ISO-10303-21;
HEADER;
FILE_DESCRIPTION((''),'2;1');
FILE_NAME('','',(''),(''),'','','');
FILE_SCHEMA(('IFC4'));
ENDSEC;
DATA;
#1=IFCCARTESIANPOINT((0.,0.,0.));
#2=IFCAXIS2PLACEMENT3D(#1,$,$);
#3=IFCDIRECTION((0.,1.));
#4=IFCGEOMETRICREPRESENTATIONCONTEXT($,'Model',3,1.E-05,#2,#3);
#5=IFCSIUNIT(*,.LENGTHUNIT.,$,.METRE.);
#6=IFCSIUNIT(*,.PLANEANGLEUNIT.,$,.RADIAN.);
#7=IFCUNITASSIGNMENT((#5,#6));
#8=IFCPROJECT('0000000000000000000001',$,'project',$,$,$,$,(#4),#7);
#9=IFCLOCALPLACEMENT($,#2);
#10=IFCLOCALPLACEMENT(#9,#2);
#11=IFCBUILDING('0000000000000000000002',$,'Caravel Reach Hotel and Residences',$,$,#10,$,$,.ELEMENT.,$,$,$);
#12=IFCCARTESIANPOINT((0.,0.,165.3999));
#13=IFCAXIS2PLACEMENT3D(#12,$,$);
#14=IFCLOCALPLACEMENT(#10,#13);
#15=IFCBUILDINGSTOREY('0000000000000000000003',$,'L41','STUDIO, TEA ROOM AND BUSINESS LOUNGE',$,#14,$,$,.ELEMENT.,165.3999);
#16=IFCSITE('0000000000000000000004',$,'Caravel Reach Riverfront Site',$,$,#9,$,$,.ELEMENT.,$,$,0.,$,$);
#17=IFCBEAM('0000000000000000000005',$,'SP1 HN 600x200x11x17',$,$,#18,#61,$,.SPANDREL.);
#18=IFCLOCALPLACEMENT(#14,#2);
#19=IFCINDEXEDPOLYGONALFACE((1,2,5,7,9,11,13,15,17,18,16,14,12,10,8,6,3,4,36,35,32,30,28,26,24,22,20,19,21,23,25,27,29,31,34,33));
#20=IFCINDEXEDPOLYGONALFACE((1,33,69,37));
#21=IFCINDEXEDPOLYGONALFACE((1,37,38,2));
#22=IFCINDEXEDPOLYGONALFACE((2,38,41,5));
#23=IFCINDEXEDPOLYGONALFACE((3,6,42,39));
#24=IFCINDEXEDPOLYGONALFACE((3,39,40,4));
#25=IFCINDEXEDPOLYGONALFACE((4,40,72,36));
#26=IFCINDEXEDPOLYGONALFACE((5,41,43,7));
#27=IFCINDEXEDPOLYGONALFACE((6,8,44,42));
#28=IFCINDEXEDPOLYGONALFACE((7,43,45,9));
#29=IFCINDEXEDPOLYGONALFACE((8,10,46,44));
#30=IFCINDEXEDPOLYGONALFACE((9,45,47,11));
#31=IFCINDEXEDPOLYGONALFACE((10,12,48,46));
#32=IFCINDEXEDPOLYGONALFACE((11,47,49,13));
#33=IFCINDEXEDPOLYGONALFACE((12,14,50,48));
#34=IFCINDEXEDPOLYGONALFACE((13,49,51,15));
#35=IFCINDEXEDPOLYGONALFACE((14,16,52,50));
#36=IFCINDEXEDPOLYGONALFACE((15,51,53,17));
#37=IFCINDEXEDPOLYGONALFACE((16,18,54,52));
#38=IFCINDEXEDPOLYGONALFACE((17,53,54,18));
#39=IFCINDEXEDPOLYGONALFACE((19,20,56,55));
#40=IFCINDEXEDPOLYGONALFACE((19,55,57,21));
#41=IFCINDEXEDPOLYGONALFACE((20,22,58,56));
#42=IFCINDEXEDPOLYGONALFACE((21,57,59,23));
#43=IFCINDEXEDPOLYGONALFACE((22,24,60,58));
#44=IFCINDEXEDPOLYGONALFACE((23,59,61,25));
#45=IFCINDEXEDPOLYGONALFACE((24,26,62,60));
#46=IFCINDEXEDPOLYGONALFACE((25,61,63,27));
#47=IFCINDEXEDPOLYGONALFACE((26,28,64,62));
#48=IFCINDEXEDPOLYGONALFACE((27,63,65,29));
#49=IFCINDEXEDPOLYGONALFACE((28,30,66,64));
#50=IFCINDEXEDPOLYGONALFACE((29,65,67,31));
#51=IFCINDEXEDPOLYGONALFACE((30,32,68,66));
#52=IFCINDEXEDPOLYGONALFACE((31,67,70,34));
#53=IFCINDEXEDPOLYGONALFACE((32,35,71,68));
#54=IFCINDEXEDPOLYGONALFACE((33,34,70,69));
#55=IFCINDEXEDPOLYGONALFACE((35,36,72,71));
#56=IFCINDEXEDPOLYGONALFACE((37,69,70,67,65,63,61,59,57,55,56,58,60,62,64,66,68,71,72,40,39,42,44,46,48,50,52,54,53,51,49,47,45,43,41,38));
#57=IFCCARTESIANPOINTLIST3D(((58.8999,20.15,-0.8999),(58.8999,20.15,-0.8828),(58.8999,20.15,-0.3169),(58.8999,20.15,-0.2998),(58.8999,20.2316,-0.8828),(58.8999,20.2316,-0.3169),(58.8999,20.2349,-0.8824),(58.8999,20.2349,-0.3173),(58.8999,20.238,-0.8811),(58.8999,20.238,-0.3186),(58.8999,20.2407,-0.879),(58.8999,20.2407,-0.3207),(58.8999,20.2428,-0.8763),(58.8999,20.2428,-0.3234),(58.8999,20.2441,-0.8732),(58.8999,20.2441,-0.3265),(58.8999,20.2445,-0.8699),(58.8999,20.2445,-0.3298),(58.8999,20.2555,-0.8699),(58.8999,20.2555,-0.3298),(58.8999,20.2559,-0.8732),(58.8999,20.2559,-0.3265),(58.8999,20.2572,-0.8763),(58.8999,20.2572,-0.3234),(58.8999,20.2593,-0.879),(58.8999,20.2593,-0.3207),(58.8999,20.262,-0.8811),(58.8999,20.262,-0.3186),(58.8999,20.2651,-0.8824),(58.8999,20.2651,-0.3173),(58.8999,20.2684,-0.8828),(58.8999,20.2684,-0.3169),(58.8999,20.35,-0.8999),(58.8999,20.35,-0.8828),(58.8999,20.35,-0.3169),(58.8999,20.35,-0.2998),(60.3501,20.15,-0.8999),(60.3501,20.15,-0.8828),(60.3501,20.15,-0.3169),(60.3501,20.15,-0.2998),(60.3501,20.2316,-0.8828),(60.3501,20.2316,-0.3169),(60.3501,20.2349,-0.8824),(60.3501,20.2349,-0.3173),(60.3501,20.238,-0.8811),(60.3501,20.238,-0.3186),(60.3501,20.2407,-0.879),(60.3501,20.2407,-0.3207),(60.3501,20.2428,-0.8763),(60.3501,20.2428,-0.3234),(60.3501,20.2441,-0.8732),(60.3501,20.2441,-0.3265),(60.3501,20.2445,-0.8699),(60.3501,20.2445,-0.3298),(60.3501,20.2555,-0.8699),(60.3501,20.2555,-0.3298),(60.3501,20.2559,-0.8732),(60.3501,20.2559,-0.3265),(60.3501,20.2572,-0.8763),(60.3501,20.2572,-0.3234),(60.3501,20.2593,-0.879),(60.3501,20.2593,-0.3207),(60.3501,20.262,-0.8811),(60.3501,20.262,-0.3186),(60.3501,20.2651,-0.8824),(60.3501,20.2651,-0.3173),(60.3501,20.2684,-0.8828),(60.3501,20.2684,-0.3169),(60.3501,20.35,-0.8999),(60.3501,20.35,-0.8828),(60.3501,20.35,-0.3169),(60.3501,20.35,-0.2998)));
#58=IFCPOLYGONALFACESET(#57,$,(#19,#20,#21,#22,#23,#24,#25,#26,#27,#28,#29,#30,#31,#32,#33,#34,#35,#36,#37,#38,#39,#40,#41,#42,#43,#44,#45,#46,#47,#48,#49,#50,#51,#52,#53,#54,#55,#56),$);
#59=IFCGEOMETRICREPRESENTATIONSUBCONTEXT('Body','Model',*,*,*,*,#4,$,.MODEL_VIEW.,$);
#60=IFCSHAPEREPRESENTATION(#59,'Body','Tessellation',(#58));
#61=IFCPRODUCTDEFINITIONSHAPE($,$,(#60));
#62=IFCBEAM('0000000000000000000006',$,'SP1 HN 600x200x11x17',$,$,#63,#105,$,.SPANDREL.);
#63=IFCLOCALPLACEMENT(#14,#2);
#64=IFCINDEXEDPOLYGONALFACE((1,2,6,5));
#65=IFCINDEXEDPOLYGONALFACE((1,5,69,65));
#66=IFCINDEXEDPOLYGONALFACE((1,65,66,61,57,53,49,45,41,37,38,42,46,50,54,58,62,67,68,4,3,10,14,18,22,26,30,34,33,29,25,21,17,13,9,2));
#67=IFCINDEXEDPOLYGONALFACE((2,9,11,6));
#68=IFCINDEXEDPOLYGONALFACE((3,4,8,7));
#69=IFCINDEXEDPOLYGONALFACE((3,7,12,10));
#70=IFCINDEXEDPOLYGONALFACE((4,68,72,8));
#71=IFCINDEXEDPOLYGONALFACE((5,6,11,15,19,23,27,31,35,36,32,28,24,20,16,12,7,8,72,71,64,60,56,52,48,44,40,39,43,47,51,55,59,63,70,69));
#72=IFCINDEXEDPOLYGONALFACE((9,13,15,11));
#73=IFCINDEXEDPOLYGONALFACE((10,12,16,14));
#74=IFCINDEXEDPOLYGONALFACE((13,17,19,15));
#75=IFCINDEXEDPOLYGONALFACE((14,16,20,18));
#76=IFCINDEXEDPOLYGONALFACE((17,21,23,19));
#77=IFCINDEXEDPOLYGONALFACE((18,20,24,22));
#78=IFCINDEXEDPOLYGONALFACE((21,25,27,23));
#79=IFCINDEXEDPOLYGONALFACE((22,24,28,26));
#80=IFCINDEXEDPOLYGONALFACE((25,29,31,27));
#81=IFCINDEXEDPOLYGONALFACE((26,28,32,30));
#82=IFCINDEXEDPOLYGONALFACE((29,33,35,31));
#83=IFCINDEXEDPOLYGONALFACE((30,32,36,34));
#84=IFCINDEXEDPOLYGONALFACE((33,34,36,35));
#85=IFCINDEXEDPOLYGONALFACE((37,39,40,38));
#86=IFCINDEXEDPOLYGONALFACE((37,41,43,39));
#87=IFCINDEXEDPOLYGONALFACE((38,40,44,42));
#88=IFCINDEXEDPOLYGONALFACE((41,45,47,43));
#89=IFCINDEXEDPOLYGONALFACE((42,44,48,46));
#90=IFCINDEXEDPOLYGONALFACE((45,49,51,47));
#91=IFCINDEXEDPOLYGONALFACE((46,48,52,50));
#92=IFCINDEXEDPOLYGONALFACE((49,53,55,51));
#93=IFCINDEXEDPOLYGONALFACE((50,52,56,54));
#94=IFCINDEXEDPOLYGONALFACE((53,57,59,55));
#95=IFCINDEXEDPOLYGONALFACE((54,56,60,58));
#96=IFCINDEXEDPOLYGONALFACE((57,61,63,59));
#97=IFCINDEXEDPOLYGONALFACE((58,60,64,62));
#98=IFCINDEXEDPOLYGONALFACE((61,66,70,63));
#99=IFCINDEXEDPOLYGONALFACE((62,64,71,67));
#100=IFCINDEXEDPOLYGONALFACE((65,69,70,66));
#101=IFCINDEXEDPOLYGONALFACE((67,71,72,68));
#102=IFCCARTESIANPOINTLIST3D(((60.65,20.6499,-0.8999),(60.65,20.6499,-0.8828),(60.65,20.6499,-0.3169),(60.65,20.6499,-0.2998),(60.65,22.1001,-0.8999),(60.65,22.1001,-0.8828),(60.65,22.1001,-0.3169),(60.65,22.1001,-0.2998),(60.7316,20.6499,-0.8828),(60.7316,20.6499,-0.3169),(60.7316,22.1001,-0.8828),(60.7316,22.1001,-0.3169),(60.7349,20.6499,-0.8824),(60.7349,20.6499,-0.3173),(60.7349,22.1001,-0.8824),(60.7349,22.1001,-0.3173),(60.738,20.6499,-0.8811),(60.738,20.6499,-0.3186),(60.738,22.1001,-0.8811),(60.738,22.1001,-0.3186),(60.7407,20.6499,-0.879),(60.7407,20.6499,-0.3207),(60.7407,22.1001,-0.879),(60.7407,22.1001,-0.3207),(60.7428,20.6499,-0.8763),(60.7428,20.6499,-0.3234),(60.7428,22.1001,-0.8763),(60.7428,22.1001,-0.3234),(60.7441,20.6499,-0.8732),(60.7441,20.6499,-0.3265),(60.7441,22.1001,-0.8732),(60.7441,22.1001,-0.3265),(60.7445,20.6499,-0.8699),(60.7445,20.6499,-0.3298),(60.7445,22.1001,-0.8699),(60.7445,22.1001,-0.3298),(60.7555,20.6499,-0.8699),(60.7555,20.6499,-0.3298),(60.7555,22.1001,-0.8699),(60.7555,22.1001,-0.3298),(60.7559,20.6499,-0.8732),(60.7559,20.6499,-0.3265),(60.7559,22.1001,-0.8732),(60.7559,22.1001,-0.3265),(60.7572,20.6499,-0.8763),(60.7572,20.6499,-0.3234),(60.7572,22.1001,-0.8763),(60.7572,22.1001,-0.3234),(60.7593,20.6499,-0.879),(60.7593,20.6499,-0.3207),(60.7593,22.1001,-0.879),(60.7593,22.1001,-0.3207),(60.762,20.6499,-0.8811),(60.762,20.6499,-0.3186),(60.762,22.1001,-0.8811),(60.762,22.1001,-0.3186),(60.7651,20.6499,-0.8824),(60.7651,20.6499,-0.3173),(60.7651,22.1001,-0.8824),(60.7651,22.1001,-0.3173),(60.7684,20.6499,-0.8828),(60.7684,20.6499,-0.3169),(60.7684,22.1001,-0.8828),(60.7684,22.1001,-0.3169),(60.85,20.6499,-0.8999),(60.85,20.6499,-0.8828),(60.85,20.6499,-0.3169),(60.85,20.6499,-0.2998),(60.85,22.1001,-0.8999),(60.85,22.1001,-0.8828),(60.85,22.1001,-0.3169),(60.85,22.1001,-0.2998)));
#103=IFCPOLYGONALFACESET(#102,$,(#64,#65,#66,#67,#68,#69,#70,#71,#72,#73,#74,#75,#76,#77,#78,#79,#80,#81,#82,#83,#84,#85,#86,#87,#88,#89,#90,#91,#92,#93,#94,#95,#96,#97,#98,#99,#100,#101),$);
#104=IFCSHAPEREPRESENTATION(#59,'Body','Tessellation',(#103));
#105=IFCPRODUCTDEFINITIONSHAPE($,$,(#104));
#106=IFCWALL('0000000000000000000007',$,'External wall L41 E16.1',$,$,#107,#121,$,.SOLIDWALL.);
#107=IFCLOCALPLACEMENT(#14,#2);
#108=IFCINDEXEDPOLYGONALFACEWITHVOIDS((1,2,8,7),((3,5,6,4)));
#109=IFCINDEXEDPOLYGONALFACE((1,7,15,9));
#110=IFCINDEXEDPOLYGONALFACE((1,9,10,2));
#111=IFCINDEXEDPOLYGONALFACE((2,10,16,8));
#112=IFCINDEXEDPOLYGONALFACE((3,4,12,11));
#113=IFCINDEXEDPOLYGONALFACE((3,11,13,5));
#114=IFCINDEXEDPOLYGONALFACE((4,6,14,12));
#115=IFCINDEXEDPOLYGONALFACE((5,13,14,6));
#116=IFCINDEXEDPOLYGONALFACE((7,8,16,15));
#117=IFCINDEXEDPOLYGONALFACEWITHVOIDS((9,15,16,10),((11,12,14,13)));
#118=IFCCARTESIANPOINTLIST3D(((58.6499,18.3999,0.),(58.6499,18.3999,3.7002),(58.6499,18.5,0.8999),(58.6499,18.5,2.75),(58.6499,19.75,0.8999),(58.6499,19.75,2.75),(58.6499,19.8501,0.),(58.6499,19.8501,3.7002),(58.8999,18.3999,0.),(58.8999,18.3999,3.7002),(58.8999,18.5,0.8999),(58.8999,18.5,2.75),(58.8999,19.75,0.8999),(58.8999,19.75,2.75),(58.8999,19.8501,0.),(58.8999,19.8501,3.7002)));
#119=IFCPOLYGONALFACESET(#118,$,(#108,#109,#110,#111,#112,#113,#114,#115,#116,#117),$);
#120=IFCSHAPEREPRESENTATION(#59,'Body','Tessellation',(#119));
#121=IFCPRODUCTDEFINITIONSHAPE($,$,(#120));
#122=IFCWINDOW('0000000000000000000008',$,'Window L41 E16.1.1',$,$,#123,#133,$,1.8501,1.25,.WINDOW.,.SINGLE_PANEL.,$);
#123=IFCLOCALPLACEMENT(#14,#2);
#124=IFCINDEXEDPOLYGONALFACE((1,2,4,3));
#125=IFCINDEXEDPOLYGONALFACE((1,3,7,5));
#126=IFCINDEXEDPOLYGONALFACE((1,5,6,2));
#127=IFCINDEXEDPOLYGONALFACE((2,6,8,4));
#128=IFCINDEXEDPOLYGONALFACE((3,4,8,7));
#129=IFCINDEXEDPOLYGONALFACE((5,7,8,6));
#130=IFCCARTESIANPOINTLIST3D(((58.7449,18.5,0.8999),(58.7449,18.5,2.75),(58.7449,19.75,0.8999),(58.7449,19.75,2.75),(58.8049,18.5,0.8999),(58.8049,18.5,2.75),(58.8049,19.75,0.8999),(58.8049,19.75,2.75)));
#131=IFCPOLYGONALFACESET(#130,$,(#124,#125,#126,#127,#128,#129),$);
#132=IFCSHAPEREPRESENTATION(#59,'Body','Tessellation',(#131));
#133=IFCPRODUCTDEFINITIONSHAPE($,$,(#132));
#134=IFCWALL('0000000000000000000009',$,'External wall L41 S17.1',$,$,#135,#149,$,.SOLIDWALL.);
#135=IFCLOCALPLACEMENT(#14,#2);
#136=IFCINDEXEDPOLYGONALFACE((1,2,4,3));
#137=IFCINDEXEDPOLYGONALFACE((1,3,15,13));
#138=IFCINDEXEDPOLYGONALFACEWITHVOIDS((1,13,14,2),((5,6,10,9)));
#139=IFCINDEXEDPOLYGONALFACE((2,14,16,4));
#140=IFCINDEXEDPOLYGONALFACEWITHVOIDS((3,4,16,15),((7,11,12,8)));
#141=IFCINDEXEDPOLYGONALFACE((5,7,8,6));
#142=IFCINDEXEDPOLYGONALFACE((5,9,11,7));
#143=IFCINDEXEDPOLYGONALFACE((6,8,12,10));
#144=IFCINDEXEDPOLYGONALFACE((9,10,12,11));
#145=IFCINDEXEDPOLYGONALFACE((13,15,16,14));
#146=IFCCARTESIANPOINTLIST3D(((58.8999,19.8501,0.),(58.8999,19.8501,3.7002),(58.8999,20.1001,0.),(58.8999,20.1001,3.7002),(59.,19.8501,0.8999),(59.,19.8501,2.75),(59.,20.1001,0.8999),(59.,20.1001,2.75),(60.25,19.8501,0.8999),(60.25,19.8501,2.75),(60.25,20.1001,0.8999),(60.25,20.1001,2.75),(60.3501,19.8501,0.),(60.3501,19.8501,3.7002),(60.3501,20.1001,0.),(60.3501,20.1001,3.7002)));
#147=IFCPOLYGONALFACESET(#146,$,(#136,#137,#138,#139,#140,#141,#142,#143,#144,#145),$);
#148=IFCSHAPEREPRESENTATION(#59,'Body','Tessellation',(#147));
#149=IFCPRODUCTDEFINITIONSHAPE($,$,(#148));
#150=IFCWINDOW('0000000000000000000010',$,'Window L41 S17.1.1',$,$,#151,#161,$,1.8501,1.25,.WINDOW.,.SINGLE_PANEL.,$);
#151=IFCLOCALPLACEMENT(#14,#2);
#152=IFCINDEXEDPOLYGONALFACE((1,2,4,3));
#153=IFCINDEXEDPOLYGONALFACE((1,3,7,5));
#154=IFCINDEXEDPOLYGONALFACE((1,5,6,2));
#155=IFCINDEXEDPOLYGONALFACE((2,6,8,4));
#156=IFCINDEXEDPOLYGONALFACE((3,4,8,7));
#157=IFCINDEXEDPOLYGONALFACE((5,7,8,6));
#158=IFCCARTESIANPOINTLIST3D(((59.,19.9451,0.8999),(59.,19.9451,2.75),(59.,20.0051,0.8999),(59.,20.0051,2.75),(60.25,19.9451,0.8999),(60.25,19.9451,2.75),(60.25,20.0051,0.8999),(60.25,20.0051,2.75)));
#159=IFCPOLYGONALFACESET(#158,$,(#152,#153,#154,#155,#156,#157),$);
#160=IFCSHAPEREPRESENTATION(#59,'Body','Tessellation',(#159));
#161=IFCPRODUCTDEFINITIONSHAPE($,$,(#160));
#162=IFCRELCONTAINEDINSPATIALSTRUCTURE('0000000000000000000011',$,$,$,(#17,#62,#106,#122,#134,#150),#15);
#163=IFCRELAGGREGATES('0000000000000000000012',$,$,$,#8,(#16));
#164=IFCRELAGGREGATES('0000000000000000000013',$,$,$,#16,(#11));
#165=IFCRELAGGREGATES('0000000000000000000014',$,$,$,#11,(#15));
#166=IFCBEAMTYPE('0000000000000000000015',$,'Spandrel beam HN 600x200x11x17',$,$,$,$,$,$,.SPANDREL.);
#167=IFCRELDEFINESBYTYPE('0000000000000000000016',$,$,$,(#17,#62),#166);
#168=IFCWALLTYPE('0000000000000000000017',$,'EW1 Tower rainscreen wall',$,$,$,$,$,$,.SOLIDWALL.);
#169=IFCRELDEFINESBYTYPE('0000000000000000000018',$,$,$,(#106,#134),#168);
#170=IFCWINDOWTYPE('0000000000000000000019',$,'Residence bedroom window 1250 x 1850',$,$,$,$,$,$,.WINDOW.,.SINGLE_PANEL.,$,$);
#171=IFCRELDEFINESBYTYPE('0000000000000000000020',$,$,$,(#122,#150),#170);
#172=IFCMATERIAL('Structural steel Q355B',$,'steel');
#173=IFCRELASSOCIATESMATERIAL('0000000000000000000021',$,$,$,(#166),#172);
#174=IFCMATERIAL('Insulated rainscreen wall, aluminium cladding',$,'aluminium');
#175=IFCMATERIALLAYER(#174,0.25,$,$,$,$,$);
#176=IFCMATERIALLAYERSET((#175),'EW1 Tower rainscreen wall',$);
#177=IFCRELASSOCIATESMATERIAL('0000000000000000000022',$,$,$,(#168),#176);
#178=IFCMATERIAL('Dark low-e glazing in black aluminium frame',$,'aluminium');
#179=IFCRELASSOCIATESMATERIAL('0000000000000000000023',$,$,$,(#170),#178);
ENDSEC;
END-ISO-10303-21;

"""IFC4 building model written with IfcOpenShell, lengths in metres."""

from ifc_helpers import new_model, si_unit, direction, frame, frame_2d, origin, origin_2d, place, context, subcontext, project, spatial, rectangle, i_section, extrude, material, layer, layer_set, material_profile, profile_set, type_object, element, fill, save


model = new_model("IFC4")

# Units and contexts
model_context = context("Model", 3, precision=1e-05, world=origin(), true_north=direction((0.0, 1.0)))
body_context = subcontext(model_context, "Body", "Model", "MODEL_VIEW")
ifc_project = project(units=[si_unit("LENGTHUNIT", "METRE"), si_unit("PLANEANGLEUNIT", "RADIAN")], contexts=[model_context])

# Site, building, storey
site_placement = place(None, origin())
site = spatial("IfcSite", under=ifc_project, at=site_placement, Name="Caravel Reach Riverfront Site", CompositionType="ELEMENT", RefElevation=0.0)
building_placement = place(site_placement, origin())
building = spatial("IfcBuilding", under=site, at=building_placement, Name="Caravel Reach Hotel and Residences", CompositionType="ELEMENT")
storey_placement = place(building_placement, frame((0.0, 0.0, 165.3999)))
storey = spatial("IfcBuildingStorey", under=building, at=storey_placement, Name="L41", Description="STUDIO, TEA ROOM AND BUSINESS LOUNGE", CompositionType="ELEMENT", Elevation=165.3999)

# Beams
ifc_material_1 = material(Name="Structural steel Q355B", Category="steel")
ifc_material_profile_1 = material_profile(ifc_material_1, i_section(OverallWidth=0.2, OverallDepth=0.6001, WebThickness=0.011, FlangeThickness=0.0171, FilletRadius=0.0129, at=origin_2d()), Name="HN 600x200x11x17")
ifc_profile_set_1 = profile_set([ifc_material_profile_1], Name="Structural steel Q355B")
beam_type = type_object("IfcBeamType", Name="Spandrel beam HN 600x200x11x17", PredefinedType="SPANDREL", material=ifc_profile_set_1)
for number, where, z_axis, x_axis, name in (
    (1, (58.8999, 20.25, -0.5999), (1.0, 0.0, 0.0), (0.0, 1.0, 0.0), "SP1 HN 600x200x11x17"),
    (2, (60.75, 20.6499, -0.5999), (0.0, 1.0, 0.0), (-1.0, 0.0, 0.0), "SP1 HN 600x200x11x17"),
):
    element("IfcBeam", number, at=place(storey_placement, frame(where, z_axis=z_axis, x_axis=x_axis)), inside=storey, type_object=beam_type, Name=name, PredefinedType="SPANDREL", context=body_context, shape_type="SweptSolid", body=[
        extrude(i_section(OverallWidth=0.2, OverallDepth=0.6001, WebThickness=0.011, FlangeThickness=0.0171, FilletRadius=0.0129, at=origin_2d()), origin(), (0.0, 0.0, 1.0), 1.4502),
    ])

# Walls, openings, windows
ifc_material_2 = material(Name="Insulated rainscreen wall, aluminium cladding", Category="aluminium")
ifc_layer_1 = layer(ifc_material_2, 0.25)
ifc_layer_set_1 = layer_set([ifc_layer_1], Name="EW1 Tower rainscreen wall")
wall_type_1 = type_object("IfcWallType", Name="EW1 Tower rainscreen wall", PredefinedType="SOLIDWALL", material=ifc_layer_set_1)
wall_1_placement = place(storey_placement, frame((58.7749, 18.3999, 0.0), z_axis=(0.0, 0.0, 1.0), x_axis=(0.0, 1.0, 0.0)))
wall_1 = element("IfcWall", 3, at=wall_1_placement, inside=storey, type_object=wall_type_1, Name="External wall L41 E16.1", PredefinedType="SOLIDWALL", context=body_context, shape_type="SweptSolid", body=[
    extrude(rectangle(XDim=1.4502, YDim=0.25, at=frame_2d((0.7251, 0.0))), origin(), (0.0, 0.0, 1.0), 3.7002),
])
opening_1_placement = place(wall_1_placement, frame((0.1001, 0.0, 0.8999)))
opening_1 = element("IfcOpeningElement", 4, at=opening_1_placement, cuts=wall_1, PredefinedType="OPENING", context=body_context, shape_type="SweptSolid", body=[
    extrude(rectangle(XDim=1.25, YDim=1.8501, at=frame_2d((0.625, 0.925))), frame((0.0, 0.135, 0.0), z_axis=(0.0, -1.0, 0.0), x_axis=(1.0, 0.0, 0.0)), (0.0, 0.0, 1.0), 0.27),
])
ifc_material_3 = material(Name="Dark low-e glazing in black aluminium frame", Category="aluminium")
window_type = type_object("IfcWindowType", Name="Residence bedroom window 1250 x 1850", PartitioningType="SINGLE_PANEL", PredefinedType="WINDOW", material=ifc_material_3)
window_1_placement = place(opening_1_placement, origin())
window_1 = element("IfcWindow", 5, at=window_1_placement, inside=storey, type_object=window_type, Name="Window L41 E16.1.1", OverallHeight=1.8501, OverallWidth=1.25, PartitioningType="SINGLE_PANEL", PredefinedType="WINDOW", context=body_context, shape_type="SweptSolid", body=[
    extrude(rectangle(XDim=1.25, YDim=1.8501, at=frame_2d((0.625, 0.925))), frame((0.0, 0.03, 0.0), z_axis=(0.0, -1.0, 0.0), x_axis=(1.0, 0.0, 0.0)), (0.0, 0.0, 1.0), 0.0601),
])
fill(opening_1, window_1)
wall_2_placement = place(storey_placement, frame((58.8999, 19.9751, 0.0), z_axis=(0.0, 0.0, 1.0), x_axis=(1.0, 0.0, 0.0)))
wall_2 = element("IfcWall", 6, at=wall_2_placement, inside=storey, type_object=wall_type_1, Name="External wall L41 S17.1", PredefinedType="SOLIDWALL", context=body_context, shape_type="SweptSolid", body=[
    extrude(rectangle(XDim=1.4502, YDim=0.25, at=frame_2d((0.7251, 0.0))), origin(), (0.0, 0.0, 1.0), 3.7002),
])
opening_2_placement = place(wall_2_placement, frame((0.1001, 0.0, 0.8999)))
opening_2 = element("IfcOpeningElement", 7, at=opening_2_placement, cuts=wall_2, PredefinedType="OPENING", context=body_context, shape_type="SweptSolid", body=[
    extrude(rectangle(XDim=1.25, YDim=1.8501, at=frame_2d((0.625, 0.925))), frame((0.0, 0.135, 0.0), z_axis=(0.0, -1.0, 0.0), x_axis=(1.0, 0.0, 0.0)), (0.0, 0.0, 1.0), 0.27),
])
window_2_placement = place(opening_2_placement, origin())
window_2 = element("IfcWindow", 8, at=window_2_placement, inside=storey, type_object=window_type, Name="Window L41 S17.1.1", OverallHeight=1.8501, OverallWidth=1.25, PartitioningType="SINGLE_PANEL", PredefinedType="WINDOW", context=body_context, shape_type="SweptSolid", body=[
    extrude(rectangle(XDim=1.25, YDim=1.8501, at=frame_2d((0.625, 0.925))), frame((0.0, 0.03, 0.0), z_axis=(0.0, -1.0, 0.0), x_axis=(1.0, 0.0, 0.0)), (0.0, 0.0, 1.0), 0.0601),
])
fill(opening_2, window_2)

save(model, "model.ifc")
